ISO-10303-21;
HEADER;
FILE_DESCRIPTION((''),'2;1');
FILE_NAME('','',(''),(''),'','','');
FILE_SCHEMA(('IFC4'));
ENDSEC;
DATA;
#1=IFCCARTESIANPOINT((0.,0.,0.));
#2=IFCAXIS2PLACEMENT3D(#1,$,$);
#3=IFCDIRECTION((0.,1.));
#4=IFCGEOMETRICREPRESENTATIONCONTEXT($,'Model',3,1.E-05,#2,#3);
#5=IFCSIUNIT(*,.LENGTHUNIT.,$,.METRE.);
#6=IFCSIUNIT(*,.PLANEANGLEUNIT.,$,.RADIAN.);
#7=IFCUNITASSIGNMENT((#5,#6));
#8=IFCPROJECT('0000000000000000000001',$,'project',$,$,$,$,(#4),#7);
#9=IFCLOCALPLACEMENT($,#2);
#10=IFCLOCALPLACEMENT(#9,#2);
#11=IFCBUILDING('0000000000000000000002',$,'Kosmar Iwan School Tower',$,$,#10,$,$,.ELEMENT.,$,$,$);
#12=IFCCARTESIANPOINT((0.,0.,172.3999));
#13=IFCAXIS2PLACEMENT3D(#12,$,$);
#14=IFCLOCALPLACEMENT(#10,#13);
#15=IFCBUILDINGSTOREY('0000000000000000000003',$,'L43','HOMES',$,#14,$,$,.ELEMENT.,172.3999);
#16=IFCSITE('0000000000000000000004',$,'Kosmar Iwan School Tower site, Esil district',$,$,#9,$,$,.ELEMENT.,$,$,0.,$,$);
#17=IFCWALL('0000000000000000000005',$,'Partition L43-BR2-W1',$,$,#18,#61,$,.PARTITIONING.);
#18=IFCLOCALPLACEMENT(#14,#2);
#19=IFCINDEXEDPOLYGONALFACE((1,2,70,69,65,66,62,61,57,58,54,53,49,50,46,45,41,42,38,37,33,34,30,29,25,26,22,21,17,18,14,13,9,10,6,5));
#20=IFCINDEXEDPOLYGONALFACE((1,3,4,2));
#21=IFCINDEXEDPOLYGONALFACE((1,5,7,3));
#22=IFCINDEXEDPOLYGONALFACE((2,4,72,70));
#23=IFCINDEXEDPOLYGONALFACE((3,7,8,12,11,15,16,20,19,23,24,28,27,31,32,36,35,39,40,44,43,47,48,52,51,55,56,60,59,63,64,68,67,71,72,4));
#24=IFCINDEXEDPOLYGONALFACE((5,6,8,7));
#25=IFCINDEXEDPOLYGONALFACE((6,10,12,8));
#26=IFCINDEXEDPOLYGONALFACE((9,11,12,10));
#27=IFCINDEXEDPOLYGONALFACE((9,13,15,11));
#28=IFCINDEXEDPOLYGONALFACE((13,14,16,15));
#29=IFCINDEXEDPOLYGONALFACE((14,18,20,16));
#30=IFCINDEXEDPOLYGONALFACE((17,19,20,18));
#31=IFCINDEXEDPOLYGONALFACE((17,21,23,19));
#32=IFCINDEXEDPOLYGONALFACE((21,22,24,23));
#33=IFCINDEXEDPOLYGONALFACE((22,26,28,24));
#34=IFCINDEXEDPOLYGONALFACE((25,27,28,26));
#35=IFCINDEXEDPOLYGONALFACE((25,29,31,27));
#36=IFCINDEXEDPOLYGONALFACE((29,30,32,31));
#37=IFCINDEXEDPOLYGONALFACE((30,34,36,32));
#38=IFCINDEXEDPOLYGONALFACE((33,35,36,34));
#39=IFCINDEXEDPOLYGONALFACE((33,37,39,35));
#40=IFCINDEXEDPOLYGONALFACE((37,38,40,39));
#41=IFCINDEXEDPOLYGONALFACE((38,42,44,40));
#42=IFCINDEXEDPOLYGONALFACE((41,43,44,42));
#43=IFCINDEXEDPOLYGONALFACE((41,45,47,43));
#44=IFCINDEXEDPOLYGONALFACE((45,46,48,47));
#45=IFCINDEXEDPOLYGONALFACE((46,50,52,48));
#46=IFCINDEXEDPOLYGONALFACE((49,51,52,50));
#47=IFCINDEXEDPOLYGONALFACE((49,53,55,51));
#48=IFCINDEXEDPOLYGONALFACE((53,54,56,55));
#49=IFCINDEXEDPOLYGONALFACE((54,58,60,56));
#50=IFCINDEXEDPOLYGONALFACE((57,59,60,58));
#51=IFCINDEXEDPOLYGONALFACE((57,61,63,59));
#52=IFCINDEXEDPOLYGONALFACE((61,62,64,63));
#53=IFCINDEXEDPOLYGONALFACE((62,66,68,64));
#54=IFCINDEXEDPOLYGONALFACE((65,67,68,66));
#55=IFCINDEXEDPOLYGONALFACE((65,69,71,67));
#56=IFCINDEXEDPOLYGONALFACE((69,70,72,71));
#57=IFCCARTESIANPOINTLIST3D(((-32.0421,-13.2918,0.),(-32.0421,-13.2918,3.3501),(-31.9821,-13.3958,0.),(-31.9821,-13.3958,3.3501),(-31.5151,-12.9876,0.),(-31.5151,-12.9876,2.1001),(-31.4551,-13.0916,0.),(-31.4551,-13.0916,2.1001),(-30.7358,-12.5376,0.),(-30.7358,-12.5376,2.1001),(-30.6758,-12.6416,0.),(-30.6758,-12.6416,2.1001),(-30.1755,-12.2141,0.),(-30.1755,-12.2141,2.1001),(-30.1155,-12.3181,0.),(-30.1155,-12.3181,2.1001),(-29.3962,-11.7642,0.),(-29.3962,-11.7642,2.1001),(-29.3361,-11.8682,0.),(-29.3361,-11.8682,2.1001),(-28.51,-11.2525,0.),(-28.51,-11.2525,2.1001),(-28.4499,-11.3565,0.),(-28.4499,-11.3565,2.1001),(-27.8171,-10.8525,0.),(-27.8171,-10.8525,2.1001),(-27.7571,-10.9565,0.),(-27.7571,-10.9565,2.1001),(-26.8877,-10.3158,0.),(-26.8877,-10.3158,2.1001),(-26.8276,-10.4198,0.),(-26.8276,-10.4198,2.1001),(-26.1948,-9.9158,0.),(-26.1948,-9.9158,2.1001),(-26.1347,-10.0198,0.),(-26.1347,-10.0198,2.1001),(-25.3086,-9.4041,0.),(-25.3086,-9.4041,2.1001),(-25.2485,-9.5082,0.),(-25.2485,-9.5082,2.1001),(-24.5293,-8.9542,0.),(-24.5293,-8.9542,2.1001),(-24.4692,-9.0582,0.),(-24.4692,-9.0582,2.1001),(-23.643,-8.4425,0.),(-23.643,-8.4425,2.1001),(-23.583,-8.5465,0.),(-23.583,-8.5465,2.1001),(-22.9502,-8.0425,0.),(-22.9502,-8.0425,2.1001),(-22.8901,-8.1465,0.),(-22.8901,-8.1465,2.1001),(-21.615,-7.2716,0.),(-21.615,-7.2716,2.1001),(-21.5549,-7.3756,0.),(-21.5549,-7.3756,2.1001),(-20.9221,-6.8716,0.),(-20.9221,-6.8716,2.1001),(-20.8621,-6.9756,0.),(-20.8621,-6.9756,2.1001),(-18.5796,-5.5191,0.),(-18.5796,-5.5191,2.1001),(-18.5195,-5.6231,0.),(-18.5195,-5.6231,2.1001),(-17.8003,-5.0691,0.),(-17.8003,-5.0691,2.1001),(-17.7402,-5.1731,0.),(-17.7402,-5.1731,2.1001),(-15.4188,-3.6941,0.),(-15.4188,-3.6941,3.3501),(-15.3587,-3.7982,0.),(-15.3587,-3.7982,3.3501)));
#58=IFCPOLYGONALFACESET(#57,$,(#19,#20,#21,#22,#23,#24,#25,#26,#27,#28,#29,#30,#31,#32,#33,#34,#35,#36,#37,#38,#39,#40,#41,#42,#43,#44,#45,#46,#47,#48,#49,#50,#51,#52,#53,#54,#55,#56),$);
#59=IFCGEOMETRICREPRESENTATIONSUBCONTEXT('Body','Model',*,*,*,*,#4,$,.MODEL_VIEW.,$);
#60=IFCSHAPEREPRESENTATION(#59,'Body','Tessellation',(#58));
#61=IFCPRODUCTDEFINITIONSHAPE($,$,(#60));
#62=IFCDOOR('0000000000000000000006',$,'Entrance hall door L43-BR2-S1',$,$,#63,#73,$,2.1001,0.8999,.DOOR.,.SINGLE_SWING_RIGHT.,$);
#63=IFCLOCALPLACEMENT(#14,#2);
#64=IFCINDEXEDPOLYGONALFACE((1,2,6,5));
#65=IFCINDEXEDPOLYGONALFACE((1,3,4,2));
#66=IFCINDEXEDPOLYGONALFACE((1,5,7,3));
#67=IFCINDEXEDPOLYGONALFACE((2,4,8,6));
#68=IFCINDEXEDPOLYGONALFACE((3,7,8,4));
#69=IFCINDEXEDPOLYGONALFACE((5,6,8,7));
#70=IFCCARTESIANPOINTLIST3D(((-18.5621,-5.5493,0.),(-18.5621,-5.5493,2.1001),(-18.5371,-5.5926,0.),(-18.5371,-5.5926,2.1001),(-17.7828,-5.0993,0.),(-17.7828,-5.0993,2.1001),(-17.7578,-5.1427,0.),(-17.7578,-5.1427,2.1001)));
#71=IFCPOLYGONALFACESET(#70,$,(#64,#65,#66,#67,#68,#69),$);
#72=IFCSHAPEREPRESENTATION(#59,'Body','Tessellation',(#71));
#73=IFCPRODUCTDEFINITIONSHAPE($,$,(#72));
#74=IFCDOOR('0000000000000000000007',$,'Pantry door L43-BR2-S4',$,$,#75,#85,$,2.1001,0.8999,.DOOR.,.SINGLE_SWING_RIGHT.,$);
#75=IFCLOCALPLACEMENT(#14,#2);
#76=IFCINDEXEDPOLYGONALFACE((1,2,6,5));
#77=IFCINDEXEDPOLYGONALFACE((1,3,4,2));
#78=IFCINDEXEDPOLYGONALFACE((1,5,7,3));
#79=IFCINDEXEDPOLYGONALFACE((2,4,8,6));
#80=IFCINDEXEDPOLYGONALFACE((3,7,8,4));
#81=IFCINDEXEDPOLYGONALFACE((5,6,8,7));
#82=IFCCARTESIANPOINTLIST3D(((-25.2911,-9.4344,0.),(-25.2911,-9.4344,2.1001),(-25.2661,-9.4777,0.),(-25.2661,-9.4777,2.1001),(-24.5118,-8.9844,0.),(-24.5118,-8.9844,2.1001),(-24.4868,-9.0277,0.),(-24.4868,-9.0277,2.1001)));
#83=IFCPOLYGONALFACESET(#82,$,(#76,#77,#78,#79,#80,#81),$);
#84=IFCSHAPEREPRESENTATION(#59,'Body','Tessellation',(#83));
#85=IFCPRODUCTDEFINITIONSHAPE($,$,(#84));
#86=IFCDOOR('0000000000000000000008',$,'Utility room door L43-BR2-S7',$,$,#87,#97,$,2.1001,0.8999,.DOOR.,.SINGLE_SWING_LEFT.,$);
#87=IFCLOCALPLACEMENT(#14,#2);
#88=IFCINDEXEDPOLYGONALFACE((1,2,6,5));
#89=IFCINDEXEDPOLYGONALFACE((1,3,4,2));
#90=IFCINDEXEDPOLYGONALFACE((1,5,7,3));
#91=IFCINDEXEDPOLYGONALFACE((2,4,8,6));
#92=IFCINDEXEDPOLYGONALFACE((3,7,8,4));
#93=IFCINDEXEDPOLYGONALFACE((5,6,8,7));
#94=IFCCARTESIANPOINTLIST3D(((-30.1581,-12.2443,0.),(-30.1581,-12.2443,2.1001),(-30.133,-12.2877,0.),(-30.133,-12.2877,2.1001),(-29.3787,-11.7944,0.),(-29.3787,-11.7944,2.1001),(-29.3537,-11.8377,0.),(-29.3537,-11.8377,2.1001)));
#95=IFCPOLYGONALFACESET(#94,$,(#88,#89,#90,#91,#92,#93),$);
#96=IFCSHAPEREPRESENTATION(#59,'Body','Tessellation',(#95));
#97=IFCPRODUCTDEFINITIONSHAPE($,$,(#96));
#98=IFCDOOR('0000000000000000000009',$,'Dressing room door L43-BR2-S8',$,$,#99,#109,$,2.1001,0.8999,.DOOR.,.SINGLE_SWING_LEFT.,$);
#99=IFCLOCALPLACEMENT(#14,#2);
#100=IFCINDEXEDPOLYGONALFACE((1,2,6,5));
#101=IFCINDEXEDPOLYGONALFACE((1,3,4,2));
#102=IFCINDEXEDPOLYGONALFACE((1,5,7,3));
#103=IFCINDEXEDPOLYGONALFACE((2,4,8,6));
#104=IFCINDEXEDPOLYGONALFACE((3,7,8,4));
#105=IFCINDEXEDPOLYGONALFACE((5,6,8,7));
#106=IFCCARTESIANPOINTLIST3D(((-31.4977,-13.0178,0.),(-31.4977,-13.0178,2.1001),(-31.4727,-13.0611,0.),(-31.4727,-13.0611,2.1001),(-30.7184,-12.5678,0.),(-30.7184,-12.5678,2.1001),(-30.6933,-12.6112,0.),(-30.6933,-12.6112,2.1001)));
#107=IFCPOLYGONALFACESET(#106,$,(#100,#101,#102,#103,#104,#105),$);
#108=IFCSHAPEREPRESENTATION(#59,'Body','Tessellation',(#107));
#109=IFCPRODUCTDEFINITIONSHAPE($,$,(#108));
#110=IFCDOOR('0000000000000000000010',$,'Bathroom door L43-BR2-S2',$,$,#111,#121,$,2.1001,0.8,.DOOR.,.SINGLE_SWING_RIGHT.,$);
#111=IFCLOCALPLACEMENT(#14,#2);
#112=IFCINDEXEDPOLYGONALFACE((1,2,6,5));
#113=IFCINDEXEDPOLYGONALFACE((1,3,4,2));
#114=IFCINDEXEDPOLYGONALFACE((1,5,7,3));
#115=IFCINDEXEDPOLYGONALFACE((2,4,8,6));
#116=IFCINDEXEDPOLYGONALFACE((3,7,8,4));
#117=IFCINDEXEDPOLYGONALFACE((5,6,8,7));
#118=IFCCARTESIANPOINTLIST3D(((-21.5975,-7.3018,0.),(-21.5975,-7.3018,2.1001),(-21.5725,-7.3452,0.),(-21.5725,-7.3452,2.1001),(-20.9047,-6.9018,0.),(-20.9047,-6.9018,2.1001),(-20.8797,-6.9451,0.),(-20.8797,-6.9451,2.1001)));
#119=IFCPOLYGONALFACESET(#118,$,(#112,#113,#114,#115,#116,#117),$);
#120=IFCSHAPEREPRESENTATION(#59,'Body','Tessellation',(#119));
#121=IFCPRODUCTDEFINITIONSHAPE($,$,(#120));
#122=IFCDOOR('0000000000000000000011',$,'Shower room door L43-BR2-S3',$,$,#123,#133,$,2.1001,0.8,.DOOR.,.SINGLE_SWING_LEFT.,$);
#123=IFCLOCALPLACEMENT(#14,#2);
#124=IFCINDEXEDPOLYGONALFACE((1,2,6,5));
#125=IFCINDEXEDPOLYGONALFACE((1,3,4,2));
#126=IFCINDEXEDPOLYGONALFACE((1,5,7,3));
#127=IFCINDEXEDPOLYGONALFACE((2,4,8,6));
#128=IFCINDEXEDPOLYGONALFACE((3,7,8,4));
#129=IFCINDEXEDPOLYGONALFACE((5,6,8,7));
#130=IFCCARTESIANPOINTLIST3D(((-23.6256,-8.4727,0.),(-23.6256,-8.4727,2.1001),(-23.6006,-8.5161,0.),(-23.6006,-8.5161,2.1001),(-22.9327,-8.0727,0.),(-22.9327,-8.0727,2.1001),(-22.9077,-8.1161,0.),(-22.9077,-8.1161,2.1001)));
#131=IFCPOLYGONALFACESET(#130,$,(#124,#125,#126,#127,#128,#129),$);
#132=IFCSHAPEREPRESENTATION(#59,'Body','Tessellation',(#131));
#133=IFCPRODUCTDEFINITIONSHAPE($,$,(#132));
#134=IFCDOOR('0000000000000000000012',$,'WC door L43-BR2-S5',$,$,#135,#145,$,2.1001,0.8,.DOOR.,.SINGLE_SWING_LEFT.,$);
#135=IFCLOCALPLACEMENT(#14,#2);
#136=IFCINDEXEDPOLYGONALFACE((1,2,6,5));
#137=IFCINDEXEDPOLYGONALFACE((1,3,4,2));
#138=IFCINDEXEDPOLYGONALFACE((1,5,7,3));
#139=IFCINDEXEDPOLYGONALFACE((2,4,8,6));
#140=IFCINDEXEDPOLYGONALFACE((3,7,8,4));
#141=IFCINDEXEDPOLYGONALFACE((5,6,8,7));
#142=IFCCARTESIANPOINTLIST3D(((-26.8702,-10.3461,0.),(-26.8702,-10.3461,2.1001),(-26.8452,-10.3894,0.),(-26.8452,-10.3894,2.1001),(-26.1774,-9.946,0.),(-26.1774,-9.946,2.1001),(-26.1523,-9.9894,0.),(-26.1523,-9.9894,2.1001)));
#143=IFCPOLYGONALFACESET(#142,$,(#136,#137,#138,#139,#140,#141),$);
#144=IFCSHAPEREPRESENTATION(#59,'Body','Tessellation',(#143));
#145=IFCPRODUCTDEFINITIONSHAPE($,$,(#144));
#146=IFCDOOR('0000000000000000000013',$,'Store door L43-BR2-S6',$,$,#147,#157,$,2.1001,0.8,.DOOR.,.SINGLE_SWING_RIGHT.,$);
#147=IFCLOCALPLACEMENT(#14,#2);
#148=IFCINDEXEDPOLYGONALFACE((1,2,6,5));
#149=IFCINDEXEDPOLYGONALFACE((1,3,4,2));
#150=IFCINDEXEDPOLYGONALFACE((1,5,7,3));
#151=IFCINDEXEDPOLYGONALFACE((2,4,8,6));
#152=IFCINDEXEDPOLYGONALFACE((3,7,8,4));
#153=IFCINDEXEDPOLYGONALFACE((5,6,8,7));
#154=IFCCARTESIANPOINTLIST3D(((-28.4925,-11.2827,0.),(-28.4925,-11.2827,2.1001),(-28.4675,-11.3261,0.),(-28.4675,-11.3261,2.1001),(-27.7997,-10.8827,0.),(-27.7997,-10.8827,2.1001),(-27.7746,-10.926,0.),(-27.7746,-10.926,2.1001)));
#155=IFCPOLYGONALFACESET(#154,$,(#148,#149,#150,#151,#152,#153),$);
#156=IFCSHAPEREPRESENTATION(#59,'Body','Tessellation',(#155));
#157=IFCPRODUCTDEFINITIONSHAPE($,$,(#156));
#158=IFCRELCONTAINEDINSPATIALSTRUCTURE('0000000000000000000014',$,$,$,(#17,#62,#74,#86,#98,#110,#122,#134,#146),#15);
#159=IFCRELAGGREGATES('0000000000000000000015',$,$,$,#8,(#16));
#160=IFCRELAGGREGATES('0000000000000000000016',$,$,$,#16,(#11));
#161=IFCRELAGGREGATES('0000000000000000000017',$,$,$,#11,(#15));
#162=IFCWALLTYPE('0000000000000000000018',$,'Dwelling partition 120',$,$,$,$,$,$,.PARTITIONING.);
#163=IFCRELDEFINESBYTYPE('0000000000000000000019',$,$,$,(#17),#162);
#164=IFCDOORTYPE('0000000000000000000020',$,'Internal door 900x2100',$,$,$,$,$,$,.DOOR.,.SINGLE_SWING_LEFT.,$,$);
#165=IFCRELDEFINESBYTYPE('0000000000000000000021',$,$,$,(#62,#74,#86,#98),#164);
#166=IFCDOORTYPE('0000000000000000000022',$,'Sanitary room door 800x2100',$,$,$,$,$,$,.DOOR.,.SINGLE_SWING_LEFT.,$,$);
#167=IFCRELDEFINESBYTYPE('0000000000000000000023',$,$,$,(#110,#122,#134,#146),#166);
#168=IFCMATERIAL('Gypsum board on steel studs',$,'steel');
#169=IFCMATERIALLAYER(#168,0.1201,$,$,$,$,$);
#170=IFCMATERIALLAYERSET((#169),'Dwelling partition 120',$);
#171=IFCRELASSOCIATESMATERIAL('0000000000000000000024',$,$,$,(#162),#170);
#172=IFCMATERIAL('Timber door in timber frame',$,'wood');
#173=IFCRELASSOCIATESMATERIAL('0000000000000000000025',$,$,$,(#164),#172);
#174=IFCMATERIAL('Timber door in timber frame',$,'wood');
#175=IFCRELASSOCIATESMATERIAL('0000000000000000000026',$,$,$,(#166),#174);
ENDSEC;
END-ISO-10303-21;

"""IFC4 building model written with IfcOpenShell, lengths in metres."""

from ifc_helpers import new_model, si_unit, direction, frame, frame_2d, origin, place, context, subcontext, project, spatial, rectangle, extrude, material, layer, layer_set, type_object, element, fill, save


model = new_model("IFC4")

# Units and contexts
model_context = context("Model", 3, precision=1e-05, world=origin(), true_north=direction((0.0, 1.0)))
body_context = subcontext(model_context, "Body", "Model", "MODEL_VIEW")
ifc_project = project(units=[si_unit("LENGTHUNIT", "METRE"), si_unit("PLANEANGLEUNIT", "RADIAN")], contexts=[model_context])

# Site, building, storey
site_placement = place(None, origin())
site = spatial("IfcSite", under=ifc_project, at=site_placement, Name="Kosmar Iwan School Tower site, Esil district", CompositionType="ELEMENT", RefElevation=0.0)
building_placement = place(site_placement, origin())
building = spatial("IfcBuilding", under=site, at=building_placement, Name="Kosmar Iwan School Tower", CompositionType="ELEMENT")
storey_placement = place(building_placement, frame((0.0, 0.0, 172.3999)))
storey = spatial("IfcBuildingStorey", under=building, at=storey_placement, Name="L43", Description="HOMES", CompositionType="ELEMENT", Elevation=172.3999)

# Shared definitions
ifc_material_1 = material(Name="Gypsum board on steel studs", Category="steel")
ifc_layer_1 = layer(ifc_material_1, 0.1201)
ifc_layer_set_1 = layer_set([ifc_layer_1], Name="Dwelling partition 120")
wall_type_1 = type_object("IfcWallType", Name="Dwelling partition 120", PredefinedType="PARTITIONING", material=ifc_layer_set_1)

# Wall, openings, doors
wall_1_placement = place(storey_placement, frame((-15.3887, -3.7461, 0.0), z_axis=(0.0, 0.0, 1.0), x_axis=(-0.866021, -0.500008, 0.0)))
wall_1 = element("IfcWall", 1, at=wall_1_placement, inside=storey, type_object=wall_type_1, Name="Partition L43-BR2-W1", PredefinedType="PARTITIONING", context=body_context, shape_type="SweptSolid", body=[
    extrude(rectangle(XDim=19.1951, YDim=0.1201, at=frame_2d((9.5977, 0.0))), origin(), (0.0, 0.0, 1.0), 3.3501),
])
opening_1_placement = place(wall_1_placement, frame((2.75, 0.0, 0.0)))
opening_1 = element("IfcOpeningElement", 2, at=opening_1_placement, cuts=wall_1, PredefinedType="OPENING", context=body_context, shape_type="SweptSolid", body=[
    extrude(rectangle(XDim=0.8999, YDim=2.1001, at=frame_2d((0.45, 1.05))), frame((0.0, 0.072, 0.0), z_axis=(0.0, -1.0, 0.0), x_axis=(1.0, 0.0, 0.0)), (0.0, 0.0, 1.0), 0.144),
])
opening_2_placement = place(wall_1_placement, frame((6.355, 0.0, 0.0)))
opening_2 = element("IfcOpeningElement", 3, at=opening_2_placement, cuts=wall_1, PredefinedType="OPENING", context=body_context, shape_type="SweptSolid", body=[
    extrude(rectangle(XDim=0.8, YDim=2.1001, at=frame_2d((0.3999, 1.05))), frame((0.0, 0.072, 0.0), z_axis=(0.0, -1.0, 0.0), x_axis=(1.0, 0.0, 0.0)), (0.0, 0.0, 1.0), 0.144),
])
opening_3_placement = place(wall_1_placement, frame((8.6968, 0.0, 0.0)))
opening_3 = element("IfcOpeningElement", 4, at=opening_3_placement, cuts=wall_1, PredefinedType="OPENING", context=body_context, shape_type="SweptSolid", body=[
    extrude(rectangle(XDim=0.8, YDim=2.1001, at=frame_2d((0.3999, 1.05))), frame((0.0, 0.072, 0.0), z_axis=(0.0, -1.0, 0.0), x_axis=(1.0, 0.0, 0.0)), (0.0, 0.0, 1.0), 0.144),
])
opening_4_placement = place(wall_1_placement, frame((10.52, 0.0, 0.0)))
opening_4 = element("IfcOpeningElement", 5, at=opening_4_placement, cuts=wall_1, PredefinedType="OPENING", context=body_context, shape_type="SweptSolid", body=[
    extrude(rectangle(XDim=0.8999, YDim=2.1001, at=frame_2d((0.45, 1.05))), frame((0.0, 0.072, 0.0), z_axis=(0.0, -1.0, 0.0), x_axis=(1.0, 0.0, 0.0)), (0.0, 0.0, 1.0), 0.144),
])
opening_5_placement = place(wall_1_placement, frame((12.4434, 0.0, 0.0)))
opening_5 = element("IfcOpeningElement", 6, at=opening_5_placement, cuts=wall_1, PredefinedType="OPENING", context=body_context, shape_type="SweptSolid", body=[
    extrude(rectangle(XDim=0.8, YDim=2.1001, at=frame_2d((0.3999, 1.05))), frame((0.0, 0.072, 0.0), z_axis=(0.0, -1.0, 0.0), x_axis=(1.0, 0.0, 0.0)), (0.0, 0.0, 1.0), 0.144),
])
opening_6_placement = place(wall_1_placement, frame((14.3167, 0.0, 0.0)))
opening_6 = element("IfcOpeningElement", 7, at=opening_6_placement, cuts=wall_1, PredefinedType="OPENING", context=body_context, shape_type="SweptSolid", body=[
    extrude(rectangle(XDim=0.8, YDim=2.1001, at=frame_2d((0.3999, 1.05))), frame((0.0, 0.072, 0.0), z_axis=(0.0, -1.0, 0.0), x_axis=(1.0, 0.0, 0.0)), (0.0, 0.0, 1.0), 0.144),
])
opening_7_placement = place(wall_1_placement, frame((16.1399, 0.0, 0.0)))
opening_7 = element("IfcOpeningElement", 8, at=opening_7_placement, cuts=wall_1, PredefinedType="OPENING", context=body_context, shape_type="SweptSolid", body=[
    extrude(rectangle(XDim=0.8999, YDim=2.1001, at=frame_2d((0.45, 1.05))), frame((0.0, 0.072, 0.0), z_axis=(0.0, -1.0, 0.0), x_axis=(1.0, 0.0, 0.0)), (0.0, 0.0, 1.0), 0.144),
])
opening_8_placement = place(wall_1_placement, frame((17.6868, 0.0, 0.0)))
opening_8 = element("IfcOpeningElement", 9, at=opening_8_placement, cuts=wall_1, PredefinedType="OPENING", context=body_context, shape_type="SweptSolid", body=[
    extrude(rectangle(XDim=0.8999, YDim=2.1001, at=frame_2d((0.45, 1.05))), frame((0.0, 0.072, 0.0), z_axis=(0.0, -1.0, 0.0), x_axis=(1.0, 0.0, 0.0)), (0.0, 0.0, 1.0), 0.144),
])
ifc_material_2 = material(Name="Timber door in timber frame", Category="wood")
door_type_1 = type_object("IfcDoorType", Name="Internal door 900x2100", OperationType="SINGLE_SWING_LEFT", PredefinedType="DOOR", material=ifc_material_2)
door_1_placement = place(opening_1_placement, origin())
door_1 = element("IfcDoor", 10, at=door_1_placement, inside=storey, type_object=door_type_1, Name="Entrance hall door L43-BR2-S1", OperationType="SINGLE_SWING_RIGHT", OverallHeight=2.1001, OverallWidth=0.8999, PredefinedType="DOOR", context=body_context, shape_type="SweptSolid", body=[
    extrude(rectangle(XDim=0.8999, YDim=2.1001, at=frame_2d((0.45, 1.05))), frame((0.0, 0.0249, 0.0), z_axis=(0.0, -1.0, 0.0), x_axis=(1.0, 0.0, 0.0)), (0.0, 0.0, 1.0), 0.05),
])
fill(opening_1, door_1)
door_2_placement = place(opening_4_placement, origin())
door_2 = element("IfcDoor", 11, at=door_2_placement, inside=storey, type_object=door_type_1, Name="Pantry door L43-BR2-S4", OperationType="SINGLE_SWING_RIGHT", OverallHeight=2.1001, OverallWidth=0.8999, PredefinedType="DOOR", context=body_context, shape_type="SweptSolid", body=[
    extrude(rectangle(XDim=0.8999, YDim=2.1001, at=frame_2d((0.45, 1.05))), frame((0.0, 0.0249, 0.0), z_axis=(0.0, -1.0, 0.0), x_axis=(1.0, 0.0, 0.0)), (0.0, 0.0, 1.0), 0.05),
])
fill(opening_4, door_2)
door_3_placement = place(opening_7_placement, origin())
door_3 = element("IfcDoor", 12, at=door_3_placement, inside=storey, type_object=door_type_1, Name="Utility room door L43-BR2-S7", OperationType="SINGLE_SWING_LEFT", OverallHeight=2.1001, OverallWidth=0.8999, PredefinedType="DOOR", context=body_context, shape_type="SweptSolid", body=[
    extrude(rectangle(XDim=0.8999, YDim=2.1001, at=frame_2d((0.45, 1.05))), frame((0.0, 0.0249, 0.0), z_axis=(0.0, -1.0, 0.0), x_axis=(1.0, 0.0, 0.0)), (0.0, 0.0, 1.0), 0.05),
])
fill(opening_7, door_3)
door_4_placement = place(opening_8_placement, origin())
door_4 = element("IfcDoor", 13, at=door_4_placement, inside=storey, type_object=door_type_1, Name="Dressing room door L43-BR2-S8", OperationType="SINGLE_SWING_LEFT", OverallHeight=2.1001, OverallWidth=0.8999, PredefinedType="DOOR", context=body_context, shape_type="SweptSolid", body=[
    extrude(rectangle(XDim=0.8999, YDim=2.1001, at=frame_2d((0.45, 1.05))), frame((0.0, 0.0249, 0.0), z_axis=(0.0, -1.0, 0.0), x_axis=(1.0, 0.0, 0.0)), (0.0, 0.0, 1.0), 0.05),
])
fill(opening_8, door_4)
ifc_material_3 = material(Name="Timber door in timber frame", Category="wood")
door_type_2 = type_object("IfcDoorType", Name="Sanitary room door 800x2100", OperationType="SINGLE_SWING_LEFT", PredefinedType="DOOR", material=ifc_material_3)
door_5_placement = place(opening_2_placement, origin())
door_5 = element("IfcDoor", 14, at=door_5_placement, inside=storey, type_object=door_type_2, Name="Bathroom door L43-BR2-S2", OperationType="SINGLE_SWING_RIGHT", OverallHeight=2.1001, OverallWidth=0.8, PredefinedType="DOOR", context=body_context, shape_type="SweptSolid", body=[
    extrude(rectangle(XDim=0.8, YDim=2.1001, at=frame_2d((0.3999, 1.05))), frame((0.0, 0.0249, 0.0), z_axis=(0.0, -1.0, 0.0), x_axis=(1.0, 0.0, 0.0)), (0.0, 0.0, 1.0), 0.05),
])
fill(opening_2, door_5)
door_6_placement = place(opening_3_placement, origin())
door_6 = element("IfcDoor", 15, at=door_6_placement, inside=storey, type_object=door_type_2, Name="Shower room door L43-BR2-S3", OperationType="SINGLE_SWING_LEFT", OverallHeight=2.1001, OverallWidth=0.8, PredefinedType="DOOR", context=body_context, shape_type="SweptSolid", body=[
    extrude(rectangle(XDim=0.8, YDim=2.1001, at=frame_2d((0.3999, 1.05))), frame((0.0, 0.0249, 0.0), z_axis=(0.0, -1.0, 0.0), x_axis=(1.0, 0.0, 0.0)), (0.0, 0.0, 1.0), 0.05),
])
fill(opening_3, door_6)
door_7_placement = place(opening_5_placement, origin())
door_7 = element("IfcDoor", 16, at=door_7_placement, inside=storey, type_object=door_type_2, Name="WC door L43-BR2-S5", OperationType="SINGLE_SWING_LEFT", OverallHeight=2.1001, OverallWidth=0.8, PredefinedType="DOOR", context=body_context, shape_type="SweptSolid", body=[
    extrude(rectangle(XDim=0.8, YDim=2.1001, at=frame_2d((0.3999, 1.05))), frame((0.0, 0.0249, 0.0), z_axis=(0.0, -1.0, 0.0), x_axis=(1.0, 0.0, 0.0)), (0.0, 0.0, 1.0), 0.05),
])
fill(opening_5, door_7)
door_8_placement = place(opening_6_placement, origin())
door_8 = element("IfcDoor", 17, at=door_8_placement, inside=storey, type_object=door_type_2, Name="Store door L43-BR2-S6", OperationType="SINGLE_SWING_RIGHT", OverallHeight=2.1001, OverallWidth=0.8, PredefinedType="DOOR", context=body_context, shape_type="SweptSolid", body=[
    extrude(rectangle(XDim=0.8, YDim=2.1001, at=frame_2d((0.3999, 1.05))), frame((0.0, 0.0249, 0.0), z_axis=(0.0, -1.0, 0.0), x_axis=(1.0, 0.0, 0.0)), (0.0, 0.0, 1.0), 0.05),
])
fill(opening_6, door_8)

save(model, "model.ifc")
